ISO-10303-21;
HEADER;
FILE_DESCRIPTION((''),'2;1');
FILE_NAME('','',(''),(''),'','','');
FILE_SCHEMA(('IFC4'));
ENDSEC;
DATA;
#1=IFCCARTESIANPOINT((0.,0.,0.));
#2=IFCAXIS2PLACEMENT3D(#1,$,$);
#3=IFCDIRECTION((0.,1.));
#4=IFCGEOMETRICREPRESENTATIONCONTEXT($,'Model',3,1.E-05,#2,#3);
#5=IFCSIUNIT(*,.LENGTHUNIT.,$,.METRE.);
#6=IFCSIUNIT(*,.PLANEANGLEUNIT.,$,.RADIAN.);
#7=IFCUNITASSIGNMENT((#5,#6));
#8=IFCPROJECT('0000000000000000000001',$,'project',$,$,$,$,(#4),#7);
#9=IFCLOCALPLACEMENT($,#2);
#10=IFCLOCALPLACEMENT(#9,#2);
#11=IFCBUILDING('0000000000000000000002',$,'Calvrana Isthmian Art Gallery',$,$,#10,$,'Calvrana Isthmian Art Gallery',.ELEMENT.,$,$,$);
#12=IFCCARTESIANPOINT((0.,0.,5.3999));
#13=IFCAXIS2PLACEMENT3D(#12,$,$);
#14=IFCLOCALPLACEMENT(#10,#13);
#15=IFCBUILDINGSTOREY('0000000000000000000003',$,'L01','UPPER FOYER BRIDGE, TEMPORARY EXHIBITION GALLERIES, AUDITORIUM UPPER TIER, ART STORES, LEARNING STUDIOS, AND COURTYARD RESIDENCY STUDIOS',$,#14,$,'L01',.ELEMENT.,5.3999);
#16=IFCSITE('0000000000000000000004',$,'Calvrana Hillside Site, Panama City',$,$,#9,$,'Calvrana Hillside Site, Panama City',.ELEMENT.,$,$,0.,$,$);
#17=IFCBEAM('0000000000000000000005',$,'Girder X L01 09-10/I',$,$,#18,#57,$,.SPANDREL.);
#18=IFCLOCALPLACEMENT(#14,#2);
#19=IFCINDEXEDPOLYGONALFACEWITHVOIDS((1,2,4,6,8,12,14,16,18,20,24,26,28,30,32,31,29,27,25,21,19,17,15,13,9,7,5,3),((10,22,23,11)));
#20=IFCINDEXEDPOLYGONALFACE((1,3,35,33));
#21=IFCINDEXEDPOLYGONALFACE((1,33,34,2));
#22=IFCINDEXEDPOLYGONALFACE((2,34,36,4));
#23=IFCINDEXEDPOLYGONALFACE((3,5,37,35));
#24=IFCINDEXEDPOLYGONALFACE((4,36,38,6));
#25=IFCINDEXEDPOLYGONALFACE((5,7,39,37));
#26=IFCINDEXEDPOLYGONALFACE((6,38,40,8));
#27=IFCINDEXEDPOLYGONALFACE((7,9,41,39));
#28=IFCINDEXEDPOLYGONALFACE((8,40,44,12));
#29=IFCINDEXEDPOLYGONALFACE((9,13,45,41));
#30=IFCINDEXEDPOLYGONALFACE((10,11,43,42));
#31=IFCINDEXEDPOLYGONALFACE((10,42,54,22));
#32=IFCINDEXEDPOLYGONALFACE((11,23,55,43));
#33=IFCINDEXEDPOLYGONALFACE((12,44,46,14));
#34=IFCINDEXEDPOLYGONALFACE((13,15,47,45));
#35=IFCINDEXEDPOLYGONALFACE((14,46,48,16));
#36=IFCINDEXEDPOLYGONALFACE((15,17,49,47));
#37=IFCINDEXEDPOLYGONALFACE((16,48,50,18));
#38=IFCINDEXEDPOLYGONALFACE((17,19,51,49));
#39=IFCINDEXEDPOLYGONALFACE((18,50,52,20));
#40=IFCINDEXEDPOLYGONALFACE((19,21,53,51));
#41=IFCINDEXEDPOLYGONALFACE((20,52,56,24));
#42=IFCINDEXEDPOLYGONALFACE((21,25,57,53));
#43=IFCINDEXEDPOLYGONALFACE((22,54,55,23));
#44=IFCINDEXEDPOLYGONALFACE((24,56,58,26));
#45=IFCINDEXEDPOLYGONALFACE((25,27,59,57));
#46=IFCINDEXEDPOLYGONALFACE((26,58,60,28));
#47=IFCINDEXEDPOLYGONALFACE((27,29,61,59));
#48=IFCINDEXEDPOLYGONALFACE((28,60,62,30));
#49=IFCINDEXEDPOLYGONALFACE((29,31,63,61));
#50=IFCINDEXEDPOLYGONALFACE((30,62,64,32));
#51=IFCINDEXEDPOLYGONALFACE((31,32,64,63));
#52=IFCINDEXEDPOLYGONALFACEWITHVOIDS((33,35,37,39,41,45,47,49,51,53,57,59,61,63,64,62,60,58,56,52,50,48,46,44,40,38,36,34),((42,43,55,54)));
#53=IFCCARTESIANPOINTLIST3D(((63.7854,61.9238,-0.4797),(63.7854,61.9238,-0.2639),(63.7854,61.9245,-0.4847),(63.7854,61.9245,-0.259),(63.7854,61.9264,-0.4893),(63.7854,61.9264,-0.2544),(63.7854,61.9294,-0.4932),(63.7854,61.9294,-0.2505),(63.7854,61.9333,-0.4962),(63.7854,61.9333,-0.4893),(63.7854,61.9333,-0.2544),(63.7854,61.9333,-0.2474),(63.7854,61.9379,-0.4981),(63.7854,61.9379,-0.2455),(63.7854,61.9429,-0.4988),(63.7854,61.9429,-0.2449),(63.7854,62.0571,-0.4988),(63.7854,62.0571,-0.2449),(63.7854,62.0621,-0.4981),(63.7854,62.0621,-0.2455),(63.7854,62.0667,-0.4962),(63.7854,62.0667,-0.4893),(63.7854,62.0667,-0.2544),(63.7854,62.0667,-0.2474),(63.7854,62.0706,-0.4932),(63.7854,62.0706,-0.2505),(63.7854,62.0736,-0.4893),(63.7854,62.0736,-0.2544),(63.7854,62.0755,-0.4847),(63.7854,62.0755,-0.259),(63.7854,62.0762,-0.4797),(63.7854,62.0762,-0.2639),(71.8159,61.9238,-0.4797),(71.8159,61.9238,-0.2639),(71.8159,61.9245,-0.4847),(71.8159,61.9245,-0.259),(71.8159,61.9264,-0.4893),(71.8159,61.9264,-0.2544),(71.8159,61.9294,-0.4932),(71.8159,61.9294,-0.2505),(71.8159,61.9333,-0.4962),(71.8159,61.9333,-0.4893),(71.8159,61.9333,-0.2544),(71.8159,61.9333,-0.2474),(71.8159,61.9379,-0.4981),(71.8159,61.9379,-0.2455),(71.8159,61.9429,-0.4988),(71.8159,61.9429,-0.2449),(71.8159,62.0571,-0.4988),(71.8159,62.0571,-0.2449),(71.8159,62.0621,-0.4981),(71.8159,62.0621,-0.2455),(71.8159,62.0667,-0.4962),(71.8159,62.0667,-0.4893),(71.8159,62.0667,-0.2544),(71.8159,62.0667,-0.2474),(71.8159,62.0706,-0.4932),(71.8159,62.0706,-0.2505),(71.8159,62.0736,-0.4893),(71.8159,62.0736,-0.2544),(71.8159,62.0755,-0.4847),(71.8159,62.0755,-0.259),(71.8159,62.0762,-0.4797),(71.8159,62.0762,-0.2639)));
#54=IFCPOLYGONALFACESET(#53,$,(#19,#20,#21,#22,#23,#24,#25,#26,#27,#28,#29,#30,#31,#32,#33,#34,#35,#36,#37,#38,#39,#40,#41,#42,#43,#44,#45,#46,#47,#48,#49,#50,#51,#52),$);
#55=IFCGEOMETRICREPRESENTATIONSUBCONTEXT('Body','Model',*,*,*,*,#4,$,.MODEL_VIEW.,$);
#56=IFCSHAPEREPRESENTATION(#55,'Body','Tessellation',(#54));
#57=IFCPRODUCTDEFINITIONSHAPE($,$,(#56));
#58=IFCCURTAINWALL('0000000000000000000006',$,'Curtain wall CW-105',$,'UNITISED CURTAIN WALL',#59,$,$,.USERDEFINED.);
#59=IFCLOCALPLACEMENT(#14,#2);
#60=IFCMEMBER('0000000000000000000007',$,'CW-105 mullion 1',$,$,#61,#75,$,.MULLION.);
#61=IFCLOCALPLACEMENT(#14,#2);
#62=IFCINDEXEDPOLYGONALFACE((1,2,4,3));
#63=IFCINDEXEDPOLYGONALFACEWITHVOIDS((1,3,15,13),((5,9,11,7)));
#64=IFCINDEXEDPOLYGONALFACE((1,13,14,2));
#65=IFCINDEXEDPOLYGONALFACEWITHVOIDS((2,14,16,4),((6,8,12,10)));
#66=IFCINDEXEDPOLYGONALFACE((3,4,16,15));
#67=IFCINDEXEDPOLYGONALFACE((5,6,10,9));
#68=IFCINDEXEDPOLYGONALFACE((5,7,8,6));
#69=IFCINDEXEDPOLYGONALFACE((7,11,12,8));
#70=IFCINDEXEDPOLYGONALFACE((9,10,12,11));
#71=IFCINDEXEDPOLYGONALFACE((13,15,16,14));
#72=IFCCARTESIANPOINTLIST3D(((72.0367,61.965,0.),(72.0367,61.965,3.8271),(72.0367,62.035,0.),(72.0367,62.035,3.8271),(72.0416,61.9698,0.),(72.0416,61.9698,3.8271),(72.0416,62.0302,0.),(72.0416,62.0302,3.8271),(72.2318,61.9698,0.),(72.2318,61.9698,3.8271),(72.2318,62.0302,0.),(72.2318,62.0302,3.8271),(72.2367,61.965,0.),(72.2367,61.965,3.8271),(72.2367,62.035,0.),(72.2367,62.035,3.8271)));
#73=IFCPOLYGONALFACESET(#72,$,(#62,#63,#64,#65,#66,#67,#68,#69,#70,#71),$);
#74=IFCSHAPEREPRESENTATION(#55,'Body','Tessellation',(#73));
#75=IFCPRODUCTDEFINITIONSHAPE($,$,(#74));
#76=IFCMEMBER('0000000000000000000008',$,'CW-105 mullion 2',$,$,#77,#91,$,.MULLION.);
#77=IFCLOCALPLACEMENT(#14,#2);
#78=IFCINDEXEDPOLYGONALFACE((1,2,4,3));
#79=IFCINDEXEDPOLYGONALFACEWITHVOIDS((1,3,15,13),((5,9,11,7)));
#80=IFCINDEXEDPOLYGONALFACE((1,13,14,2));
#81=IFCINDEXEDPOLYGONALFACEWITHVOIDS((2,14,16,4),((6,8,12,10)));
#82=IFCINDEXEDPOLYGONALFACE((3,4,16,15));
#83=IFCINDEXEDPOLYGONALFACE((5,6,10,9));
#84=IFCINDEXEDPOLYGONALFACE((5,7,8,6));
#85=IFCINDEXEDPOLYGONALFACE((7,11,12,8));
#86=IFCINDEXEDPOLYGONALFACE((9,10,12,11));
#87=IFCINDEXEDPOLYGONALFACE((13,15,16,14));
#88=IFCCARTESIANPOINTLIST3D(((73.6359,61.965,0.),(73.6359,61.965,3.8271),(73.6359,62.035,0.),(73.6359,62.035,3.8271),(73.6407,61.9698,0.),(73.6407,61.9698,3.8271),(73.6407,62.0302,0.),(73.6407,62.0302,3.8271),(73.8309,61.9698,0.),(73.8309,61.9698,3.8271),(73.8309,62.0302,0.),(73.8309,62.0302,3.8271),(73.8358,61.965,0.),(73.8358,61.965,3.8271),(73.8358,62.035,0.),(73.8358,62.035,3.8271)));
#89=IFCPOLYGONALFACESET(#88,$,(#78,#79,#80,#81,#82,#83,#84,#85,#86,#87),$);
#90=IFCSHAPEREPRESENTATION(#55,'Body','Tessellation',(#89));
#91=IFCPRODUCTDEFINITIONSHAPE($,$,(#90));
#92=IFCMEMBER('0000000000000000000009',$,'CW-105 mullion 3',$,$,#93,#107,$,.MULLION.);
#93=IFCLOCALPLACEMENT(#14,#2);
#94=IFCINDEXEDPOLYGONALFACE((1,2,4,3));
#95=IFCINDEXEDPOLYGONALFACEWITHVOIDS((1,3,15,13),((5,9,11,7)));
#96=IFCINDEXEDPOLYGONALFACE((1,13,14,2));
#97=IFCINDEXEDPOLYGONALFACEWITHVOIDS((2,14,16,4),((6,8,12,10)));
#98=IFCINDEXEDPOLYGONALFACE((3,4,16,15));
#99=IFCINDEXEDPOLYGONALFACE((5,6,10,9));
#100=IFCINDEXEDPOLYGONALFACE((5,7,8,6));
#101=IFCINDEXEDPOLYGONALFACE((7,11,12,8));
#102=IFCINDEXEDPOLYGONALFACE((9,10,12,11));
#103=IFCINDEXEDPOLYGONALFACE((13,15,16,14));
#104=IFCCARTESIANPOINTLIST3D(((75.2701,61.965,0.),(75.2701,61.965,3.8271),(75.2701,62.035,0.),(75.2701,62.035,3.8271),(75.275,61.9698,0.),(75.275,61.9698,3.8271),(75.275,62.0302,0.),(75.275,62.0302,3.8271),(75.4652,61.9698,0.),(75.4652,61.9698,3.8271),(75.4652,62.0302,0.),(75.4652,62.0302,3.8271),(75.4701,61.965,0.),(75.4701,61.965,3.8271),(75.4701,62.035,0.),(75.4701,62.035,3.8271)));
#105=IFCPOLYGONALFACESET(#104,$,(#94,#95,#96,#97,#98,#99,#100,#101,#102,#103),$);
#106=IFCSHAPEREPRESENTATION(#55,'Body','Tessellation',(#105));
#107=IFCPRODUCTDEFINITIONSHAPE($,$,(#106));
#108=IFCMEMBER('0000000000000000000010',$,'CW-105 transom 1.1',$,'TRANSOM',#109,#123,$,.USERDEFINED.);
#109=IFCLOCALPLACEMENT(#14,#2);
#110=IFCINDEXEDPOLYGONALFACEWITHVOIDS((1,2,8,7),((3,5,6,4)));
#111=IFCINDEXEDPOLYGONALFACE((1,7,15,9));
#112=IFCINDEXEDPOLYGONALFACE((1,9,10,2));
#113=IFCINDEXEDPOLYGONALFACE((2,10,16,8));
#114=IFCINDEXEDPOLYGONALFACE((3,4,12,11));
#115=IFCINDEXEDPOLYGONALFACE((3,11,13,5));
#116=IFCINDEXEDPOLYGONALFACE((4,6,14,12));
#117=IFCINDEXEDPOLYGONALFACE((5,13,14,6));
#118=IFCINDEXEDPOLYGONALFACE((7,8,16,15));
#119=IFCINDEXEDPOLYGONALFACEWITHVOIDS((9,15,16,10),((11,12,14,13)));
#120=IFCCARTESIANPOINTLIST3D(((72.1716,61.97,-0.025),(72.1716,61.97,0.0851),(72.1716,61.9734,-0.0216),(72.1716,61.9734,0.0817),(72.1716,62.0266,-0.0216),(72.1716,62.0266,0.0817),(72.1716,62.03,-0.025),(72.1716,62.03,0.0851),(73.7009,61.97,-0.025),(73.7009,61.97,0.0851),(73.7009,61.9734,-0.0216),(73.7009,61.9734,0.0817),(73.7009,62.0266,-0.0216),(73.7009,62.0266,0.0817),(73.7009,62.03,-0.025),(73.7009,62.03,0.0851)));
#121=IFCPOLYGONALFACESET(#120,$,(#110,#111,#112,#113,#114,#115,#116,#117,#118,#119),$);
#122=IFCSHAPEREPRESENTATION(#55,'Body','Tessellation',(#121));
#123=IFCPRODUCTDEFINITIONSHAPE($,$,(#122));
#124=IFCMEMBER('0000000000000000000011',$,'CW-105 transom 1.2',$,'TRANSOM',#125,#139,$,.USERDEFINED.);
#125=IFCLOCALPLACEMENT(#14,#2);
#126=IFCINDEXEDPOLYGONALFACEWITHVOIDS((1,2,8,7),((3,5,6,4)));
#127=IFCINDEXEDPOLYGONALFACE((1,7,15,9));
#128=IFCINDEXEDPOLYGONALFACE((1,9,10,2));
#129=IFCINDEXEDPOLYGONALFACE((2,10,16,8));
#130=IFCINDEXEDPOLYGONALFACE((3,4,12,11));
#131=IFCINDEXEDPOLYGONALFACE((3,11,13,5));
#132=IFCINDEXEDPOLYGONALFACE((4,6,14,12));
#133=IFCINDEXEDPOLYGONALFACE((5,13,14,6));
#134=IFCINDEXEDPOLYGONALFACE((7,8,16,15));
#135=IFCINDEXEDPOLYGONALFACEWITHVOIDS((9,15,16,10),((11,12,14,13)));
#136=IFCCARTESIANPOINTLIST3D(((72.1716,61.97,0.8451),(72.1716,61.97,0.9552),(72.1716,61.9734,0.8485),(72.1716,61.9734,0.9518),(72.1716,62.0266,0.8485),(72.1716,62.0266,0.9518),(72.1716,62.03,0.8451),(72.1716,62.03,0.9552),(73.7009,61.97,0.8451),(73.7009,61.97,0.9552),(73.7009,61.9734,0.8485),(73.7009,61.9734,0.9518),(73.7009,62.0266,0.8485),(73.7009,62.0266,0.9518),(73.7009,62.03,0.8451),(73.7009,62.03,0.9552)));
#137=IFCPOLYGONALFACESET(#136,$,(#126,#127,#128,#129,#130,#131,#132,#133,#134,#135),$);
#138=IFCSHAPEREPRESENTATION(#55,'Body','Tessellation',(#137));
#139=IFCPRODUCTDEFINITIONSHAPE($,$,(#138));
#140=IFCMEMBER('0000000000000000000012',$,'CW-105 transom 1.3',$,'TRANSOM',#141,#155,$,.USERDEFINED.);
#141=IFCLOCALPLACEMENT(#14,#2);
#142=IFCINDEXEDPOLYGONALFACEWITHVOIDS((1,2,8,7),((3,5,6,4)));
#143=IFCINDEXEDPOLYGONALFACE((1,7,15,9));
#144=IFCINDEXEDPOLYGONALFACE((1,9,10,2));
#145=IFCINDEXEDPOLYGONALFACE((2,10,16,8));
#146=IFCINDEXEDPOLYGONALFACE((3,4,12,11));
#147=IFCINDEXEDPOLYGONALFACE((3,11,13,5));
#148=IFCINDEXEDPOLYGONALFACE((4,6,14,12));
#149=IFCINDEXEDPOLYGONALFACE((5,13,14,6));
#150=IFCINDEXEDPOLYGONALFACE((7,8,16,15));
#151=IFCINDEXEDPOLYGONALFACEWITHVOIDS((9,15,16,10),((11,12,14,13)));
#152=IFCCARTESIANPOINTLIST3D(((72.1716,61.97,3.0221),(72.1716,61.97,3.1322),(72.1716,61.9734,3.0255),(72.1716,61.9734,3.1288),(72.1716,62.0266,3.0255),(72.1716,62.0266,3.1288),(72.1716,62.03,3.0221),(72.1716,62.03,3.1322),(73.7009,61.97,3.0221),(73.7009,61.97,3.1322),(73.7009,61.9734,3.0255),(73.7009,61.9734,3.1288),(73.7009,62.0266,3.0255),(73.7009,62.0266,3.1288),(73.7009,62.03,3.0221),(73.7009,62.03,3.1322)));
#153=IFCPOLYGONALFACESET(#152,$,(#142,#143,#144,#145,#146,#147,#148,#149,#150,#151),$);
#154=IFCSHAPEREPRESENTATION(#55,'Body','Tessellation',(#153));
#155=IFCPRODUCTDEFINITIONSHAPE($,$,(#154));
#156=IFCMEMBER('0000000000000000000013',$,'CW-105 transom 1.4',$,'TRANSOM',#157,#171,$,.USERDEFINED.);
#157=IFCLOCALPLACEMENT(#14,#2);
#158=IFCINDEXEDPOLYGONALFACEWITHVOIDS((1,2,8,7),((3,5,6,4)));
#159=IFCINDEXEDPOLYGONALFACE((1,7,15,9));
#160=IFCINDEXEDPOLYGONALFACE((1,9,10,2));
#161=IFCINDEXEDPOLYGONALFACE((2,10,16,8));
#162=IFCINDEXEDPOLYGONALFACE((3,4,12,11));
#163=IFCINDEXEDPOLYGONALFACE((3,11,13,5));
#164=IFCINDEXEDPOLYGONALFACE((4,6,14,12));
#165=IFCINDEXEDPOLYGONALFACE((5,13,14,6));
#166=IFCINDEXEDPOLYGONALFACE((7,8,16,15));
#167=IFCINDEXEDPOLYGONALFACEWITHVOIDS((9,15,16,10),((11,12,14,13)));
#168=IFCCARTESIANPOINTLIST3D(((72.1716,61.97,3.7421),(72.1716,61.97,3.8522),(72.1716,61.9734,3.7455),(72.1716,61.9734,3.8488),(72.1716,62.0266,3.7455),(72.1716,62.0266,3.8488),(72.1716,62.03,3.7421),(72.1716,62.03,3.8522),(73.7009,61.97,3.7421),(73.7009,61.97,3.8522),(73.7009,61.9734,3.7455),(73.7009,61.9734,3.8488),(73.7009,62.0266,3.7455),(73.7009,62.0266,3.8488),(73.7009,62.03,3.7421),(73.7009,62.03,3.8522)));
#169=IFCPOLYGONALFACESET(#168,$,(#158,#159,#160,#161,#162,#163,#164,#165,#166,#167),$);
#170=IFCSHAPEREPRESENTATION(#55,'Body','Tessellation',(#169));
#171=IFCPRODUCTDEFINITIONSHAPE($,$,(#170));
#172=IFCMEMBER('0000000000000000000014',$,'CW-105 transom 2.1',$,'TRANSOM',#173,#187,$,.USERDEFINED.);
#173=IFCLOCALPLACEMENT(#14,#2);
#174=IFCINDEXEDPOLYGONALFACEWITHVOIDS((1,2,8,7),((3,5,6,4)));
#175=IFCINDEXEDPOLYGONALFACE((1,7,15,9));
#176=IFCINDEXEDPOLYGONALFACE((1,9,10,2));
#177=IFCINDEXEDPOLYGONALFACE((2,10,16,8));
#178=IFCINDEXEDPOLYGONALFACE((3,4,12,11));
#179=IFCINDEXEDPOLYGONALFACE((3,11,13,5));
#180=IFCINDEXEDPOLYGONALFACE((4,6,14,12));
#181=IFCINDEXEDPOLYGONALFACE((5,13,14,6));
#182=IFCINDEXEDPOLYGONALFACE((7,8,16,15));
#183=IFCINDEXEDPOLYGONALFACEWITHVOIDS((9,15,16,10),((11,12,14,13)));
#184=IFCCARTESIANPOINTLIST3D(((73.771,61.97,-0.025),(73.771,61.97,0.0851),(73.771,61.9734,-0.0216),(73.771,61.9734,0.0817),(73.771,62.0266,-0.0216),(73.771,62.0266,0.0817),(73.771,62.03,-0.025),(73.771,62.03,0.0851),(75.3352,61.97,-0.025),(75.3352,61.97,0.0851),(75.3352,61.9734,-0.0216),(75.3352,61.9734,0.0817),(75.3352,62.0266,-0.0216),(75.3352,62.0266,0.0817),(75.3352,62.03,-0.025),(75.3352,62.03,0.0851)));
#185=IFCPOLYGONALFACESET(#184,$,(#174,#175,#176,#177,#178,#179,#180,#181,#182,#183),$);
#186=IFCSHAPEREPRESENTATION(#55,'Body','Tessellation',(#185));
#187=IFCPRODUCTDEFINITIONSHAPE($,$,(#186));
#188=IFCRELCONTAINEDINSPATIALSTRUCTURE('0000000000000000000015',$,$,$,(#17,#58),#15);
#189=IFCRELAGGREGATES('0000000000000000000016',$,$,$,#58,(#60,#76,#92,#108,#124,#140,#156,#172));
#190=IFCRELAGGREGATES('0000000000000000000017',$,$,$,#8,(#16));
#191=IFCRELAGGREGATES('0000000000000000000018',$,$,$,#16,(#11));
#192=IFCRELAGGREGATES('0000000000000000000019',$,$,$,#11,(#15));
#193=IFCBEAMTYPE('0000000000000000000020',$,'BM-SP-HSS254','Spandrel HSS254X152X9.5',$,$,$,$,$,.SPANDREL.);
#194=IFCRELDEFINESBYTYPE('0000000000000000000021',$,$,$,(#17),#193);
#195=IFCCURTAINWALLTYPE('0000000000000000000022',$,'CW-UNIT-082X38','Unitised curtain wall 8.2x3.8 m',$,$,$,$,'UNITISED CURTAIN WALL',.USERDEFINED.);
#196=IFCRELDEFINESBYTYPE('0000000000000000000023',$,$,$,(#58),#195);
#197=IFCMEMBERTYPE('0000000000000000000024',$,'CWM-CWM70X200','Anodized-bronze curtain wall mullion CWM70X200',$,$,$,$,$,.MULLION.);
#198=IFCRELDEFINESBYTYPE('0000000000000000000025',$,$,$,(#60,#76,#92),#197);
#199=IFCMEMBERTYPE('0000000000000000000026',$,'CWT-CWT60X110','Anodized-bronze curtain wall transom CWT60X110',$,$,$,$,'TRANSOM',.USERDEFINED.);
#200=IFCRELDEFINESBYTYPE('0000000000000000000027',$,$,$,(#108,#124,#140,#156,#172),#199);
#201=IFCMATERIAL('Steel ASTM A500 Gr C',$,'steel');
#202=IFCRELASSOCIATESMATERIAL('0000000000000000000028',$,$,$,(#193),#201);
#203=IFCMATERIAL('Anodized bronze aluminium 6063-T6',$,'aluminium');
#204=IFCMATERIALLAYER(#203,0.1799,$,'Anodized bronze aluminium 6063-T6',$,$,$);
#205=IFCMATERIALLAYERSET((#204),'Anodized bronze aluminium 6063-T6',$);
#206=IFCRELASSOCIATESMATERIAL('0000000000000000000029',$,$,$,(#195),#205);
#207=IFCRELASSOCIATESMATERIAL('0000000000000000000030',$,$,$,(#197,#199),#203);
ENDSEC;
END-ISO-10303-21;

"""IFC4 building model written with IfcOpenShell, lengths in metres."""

from ifc_helpers import new_model, si_unit, direction, frame, origin, origin_2d, place, context, subcontext, project, spatial, hollow_rectangle, extrude, material, layer, layer_set, material_profile, profile_set, type_object, element, aggregate, save


model = new_model("IFC4")

# Units and contexts
model_context = context("Model", 3, precision=1e-05, world=origin(), true_north=direction((0.0, 1.0)))
body_context = subcontext(model_context, "Body", "Model", "MODEL_VIEW")
ifc_project = project(units=[si_unit("LENGTHUNIT", "METRE"), si_unit("PLANEANGLEUNIT", "RADIAN")], contexts=[model_context])

# Site, building, storey
site_placement = place(None, origin())
site = spatial("IfcSite", under=ifc_project, at=site_placement, Name="Calvrana Hillside Site, Panama City", LongName="Calvrana Hillside Site, Panama City", CompositionType="ELEMENT", RefElevation=0.0)
building_placement = place(site_placement, origin())
building = spatial("IfcBuilding", under=site, at=building_placement, Name="Calvrana Isthmian Art Gallery", LongName="Calvrana Isthmian Art Gallery", CompositionType="ELEMENT")
storey_placement = place(building_placement, frame((0.0, 0.0, 5.3999)))
storey = spatial("IfcBuildingStorey", under=building, at=storey_placement, Name="L01", Description="UPPER FOYER BRIDGE, TEMPORARY EXHIBITION GALLERIES, AUDITORIUM UPPER TIER, ART STORES, LEARNING STUDIOS, AND COURTYARD RESIDENCY STUDIOS", LongName="L01", CompositionType="ELEMENT", Elevation=5.3999)

# Shared definitions
ifc_material_1 = material(Name="Steel ASTM A500 Gr C", Category="steel")

# Beam
ifc_material_profile_1 = material_profile(ifc_material_1, hollow_rectangle(XDim=0.1523, YDim=0.2539, WallThickness=0.0095, OuterFilletRadius=0.019, at=origin_2d()), Name="HSS254X152X9.5")
ifc_profile_set_1 = profile_set([ifc_material_profile_1], Name="Steel ASTM A500 Gr C")
beam_type_1 = type_object("IfcBeamType", Name="BM-SP-HSS254", Description="Spandrel HSS254X152X9.5", PredefinedType="SPANDREL", material=ifc_profile_set_1)
beam_1_placement = place(storey_placement, frame((63.7854, 62.0, -0.3718), z_axis=(1.0, 0.0, 0.0), x_axis=(0.0, 1.0, 0.0)))
element("IfcBeam", 1, at=beam_1_placement, inside=storey, type_object=beam_type_1, Name="Girder X L01 09-10/I", PredefinedType="SPANDREL", context=body_context, shape_type="SweptSolid", body=[
    extrude(hollow_rectangle(XDim=0.1523, YDim=0.2539, WallThickness=0.0095, OuterFilletRadius=0.019, at=origin_2d()), origin(), (0.0, 0.0, 1.0), 8.0305),
])

# Curtain wall, members
ifc_material_2 = material(Name="Anodized bronze aluminium 6063-T6", Category="aluminium")
ifc_layer_1 = layer(ifc_material_2, 0.1799, Name="Anodized bronze aluminium 6063-T6")
ifc_layer_set_1 = layer_set([ifc_layer_1], Name="Anodized bronze aluminium 6063-T6")
curtain_wall_type = type_object("IfcCurtainWallType", Name="CW-UNIT-082X38", Description="Unitised curtain wall 8.2x3.8 m", ElementType="UNITISED CURTAIN WALL", PredefinedType="USERDEFINED", material=ifc_layer_set_1)
curtain_wall_placement = place(storey_placement, origin())
curtain_wall = element("IfcCurtainWall", 2, at=curtain_wall_placement, inside=storey, type_object=curtain_wall_type, Name="Curtain wall CW-105", ObjectType="UNITISED CURTAIN WALL", PredefinedType="USERDEFINED")
ifc_material_profile_2 = material_profile(ifc_material_2, hollow_rectangle(XDim=0.0701, YDim=0.2, WallThickness=0.0049, at=origin_2d()), Name="CWM70X200")
ifc_profile_set_2 = profile_set([ifc_material_profile_2], Name="Anodized bronze aluminium 6063-T6")
member_type_1 = type_object("IfcMemberType", Name="CWM-CWM70X200", Description="Anodized-bronze curtain wall mullion CWM70X200", PredefinedType="MULLION", material=ifc_profile_set_2)
member_1_placement = place(storey_placement, frame((72.1367, 62.0, 0.0), z_axis=(0.0, 0.0, 1.0), x_axis=(0.0, 1.0, 0.0)))
member_1 = element("IfcMember", 3, at=member_1_placement, type_object=member_type_1, Name="CW-105 mullion 1", PredefinedType="MULLION", context=body_context, shape_type="SweptSolid", body=[
    extrude(hollow_rectangle(XDim=0.0701, YDim=0.2, WallThickness=0.0049, at=origin_2d()), origin(), (0.0, 0.0, 1.0), 3.8271),
])
member_2_placement = place(storey_placement, frame((73.7358, 62.0, 0.0), z_axis=(0.0, 0.0, 1.0), x_axis=(0.0, 1.0, 0.0)))
member_2 = element("IfcMember", 4, at=member_2_placement, type_object=member_type_1, Name="CW-105 mullion 2", PredefinedType="MULLION", context=body_context, shape_type="SweptSolid", body=[
    extrude(hollow_rectangle(XDim=0.0701, YDim=0.2, WallThickness=0.0049, at=origin_2d()), origin(), (0.0, 0.0, 1.0), 3.8271),
])
member_3_placement = place(storey_placement, frame((75.3701, 62.0, 0.0), z_axis=(0.0, 0.0, 1.0), x_axis=(0.0, 1.0, 0.0)))
member_3 = element("IfcMember", 5, at=member_3_placement, type_object=member_type_1, Name="CW-105 mullion 3", PredefinedType="MULLION", context=body_context, shape_type="SweptSolid", body=[
    extrude(hollow_rectangle(XDim=0.0701, YDim=0.2, WallThickness=0.0049, at=origin_2d()), origin(), (0.0, 0.0, 1.0), 3.8271),
])
ifc_material_profile_3 = material_profile(ifc_material_2, hollow_rectangle(XDim=0.0601, YDim=0.1101, WallThickness=0.0034, at=origin_2d()), Name="CWT60X110")
ifc_profile_set_3 = profile_set([ifc_material_profile_3], Name="Anodized bronze aluminium 6063-T6")
member_type_2 = type_object("IfcMemberType", Name="CWT-CWT60X110", Description="Anodized-bronze curtain wall transom CWT60X110", ElementType="TRANSOM", PredefinedType="USERDEFINED", material=ifc_profile_set_3)
member_4_placement = place(storey_placement, frame((72.1716, 62.0, 0.03), z_axis=(1.0, 0.0, 0.0), x_axis=(0.0, 1.0, 0.0)))
member_4 = element("IfcMember", 6, at=member_4_placement, type_object=member_type_2, Name="CW-105 transom 1.1", ObjectType="TRANSOM", PredefinedType="USERDEFINED", context=body_context, shape_type="SweptSolid", body=[
    extrude(hollow_rectangle(XDim=0.0601, YDim=0.1101, WallThickness=0.0034, at=origin_2d()), origin(), (0.0, 0.0, 1.0), 1.5293),
])
member_5_placement = place(storey_placement, frame((72.1716, 62.0, 0.9001), z_axis=(1.0, 0.0, 0.0), x_axis=(0.0, 1.0, 0.0)))
member_5 = element("IfcMember", 7, at=member_5_placement, type_object=member_type_2, Name="CW-105 transom 1.2", ObjectType="TRANSOM", PredefinedType="USERDEFINED", context=body_context, shape_type="SweptSolid", body=[
    extrude(hollow_rectangle(XDim=0.0601, YDim=0.1101, WallThickness=0.0034, at=origin_2d()), origin(), (0.0, 0.0, 1.0), 1.5293),
])
member_6_placement = place(storey_placement, frame((72.1716, 62.0, 3.0771), z_axis=(1.0, 0.0, 0.0), x_axis=(0.0, 1.0, 0.0)))
member_6 = element("IfcMember", 8, at=member_6_placement, type_object=member_type_2, Name="CW-105 transom 1.3", ObjectType="TRANSOM", PredefinedType="USERDEFINED", context=body_context, shape_type="SweptSolid", body=[
    extrude(hollow_rectangle(XDim=0.0601, YDim=0.1101, WallThickness=0.0034, at=origin_2d()), origin(), (0.0, 0.0, 1.0), 1.5293),
])
member_7_placement = place(storey_placement, frame((72.1716, 62.0, 3.7971), z_axis=(1.0, 0.0, 0.0), x_axis=(0.0, 1.0, 0.0)))
member_7 = element("IfcMember", 9, at=member_7_placement, type_object=member_type_2, Name="CW-105 transom 1.4", ObjectType="TRANSOM", PredefinedType="USERDEFINED", context=body_context, shape_type="SweptSolid", body=[
    extrude(hollow_rectangle(XDim=0.0601, YDim=0.1101, WallThickness=0.0034, at=origin_2d()), origin(), (0.0, 0.0, 1.0), 1.5293),
])
member_8_placement = place(storey_placement, frame((73.771, 62.0, 0.03), z_axis=(1.0, 0.0, 0.0), x_axis=(0.0, 1.0, 0.0)))
member_8 = element("IfcMember", 10, at=member_8_placement, type_object=member_type_2, Name="CW-105 transom 2.1", ObjectType="TRANSOM", PredefinedType="USERDEFINED", context=body_context, shape_type="SweptSolid", body=[
    extrude(hollow_rectangle(XDim=0.0601, YDim=0.1101, WallThickness=0.0034, at=origin_2d()), origin(), (0.0, 0.0, 1.0), 1.5642),
])
aggregate(curtain_wall, [member_1, member_2, member_3, member_4, member_5, member_6, member_7, member_8])

save(model, "model.ifc")
